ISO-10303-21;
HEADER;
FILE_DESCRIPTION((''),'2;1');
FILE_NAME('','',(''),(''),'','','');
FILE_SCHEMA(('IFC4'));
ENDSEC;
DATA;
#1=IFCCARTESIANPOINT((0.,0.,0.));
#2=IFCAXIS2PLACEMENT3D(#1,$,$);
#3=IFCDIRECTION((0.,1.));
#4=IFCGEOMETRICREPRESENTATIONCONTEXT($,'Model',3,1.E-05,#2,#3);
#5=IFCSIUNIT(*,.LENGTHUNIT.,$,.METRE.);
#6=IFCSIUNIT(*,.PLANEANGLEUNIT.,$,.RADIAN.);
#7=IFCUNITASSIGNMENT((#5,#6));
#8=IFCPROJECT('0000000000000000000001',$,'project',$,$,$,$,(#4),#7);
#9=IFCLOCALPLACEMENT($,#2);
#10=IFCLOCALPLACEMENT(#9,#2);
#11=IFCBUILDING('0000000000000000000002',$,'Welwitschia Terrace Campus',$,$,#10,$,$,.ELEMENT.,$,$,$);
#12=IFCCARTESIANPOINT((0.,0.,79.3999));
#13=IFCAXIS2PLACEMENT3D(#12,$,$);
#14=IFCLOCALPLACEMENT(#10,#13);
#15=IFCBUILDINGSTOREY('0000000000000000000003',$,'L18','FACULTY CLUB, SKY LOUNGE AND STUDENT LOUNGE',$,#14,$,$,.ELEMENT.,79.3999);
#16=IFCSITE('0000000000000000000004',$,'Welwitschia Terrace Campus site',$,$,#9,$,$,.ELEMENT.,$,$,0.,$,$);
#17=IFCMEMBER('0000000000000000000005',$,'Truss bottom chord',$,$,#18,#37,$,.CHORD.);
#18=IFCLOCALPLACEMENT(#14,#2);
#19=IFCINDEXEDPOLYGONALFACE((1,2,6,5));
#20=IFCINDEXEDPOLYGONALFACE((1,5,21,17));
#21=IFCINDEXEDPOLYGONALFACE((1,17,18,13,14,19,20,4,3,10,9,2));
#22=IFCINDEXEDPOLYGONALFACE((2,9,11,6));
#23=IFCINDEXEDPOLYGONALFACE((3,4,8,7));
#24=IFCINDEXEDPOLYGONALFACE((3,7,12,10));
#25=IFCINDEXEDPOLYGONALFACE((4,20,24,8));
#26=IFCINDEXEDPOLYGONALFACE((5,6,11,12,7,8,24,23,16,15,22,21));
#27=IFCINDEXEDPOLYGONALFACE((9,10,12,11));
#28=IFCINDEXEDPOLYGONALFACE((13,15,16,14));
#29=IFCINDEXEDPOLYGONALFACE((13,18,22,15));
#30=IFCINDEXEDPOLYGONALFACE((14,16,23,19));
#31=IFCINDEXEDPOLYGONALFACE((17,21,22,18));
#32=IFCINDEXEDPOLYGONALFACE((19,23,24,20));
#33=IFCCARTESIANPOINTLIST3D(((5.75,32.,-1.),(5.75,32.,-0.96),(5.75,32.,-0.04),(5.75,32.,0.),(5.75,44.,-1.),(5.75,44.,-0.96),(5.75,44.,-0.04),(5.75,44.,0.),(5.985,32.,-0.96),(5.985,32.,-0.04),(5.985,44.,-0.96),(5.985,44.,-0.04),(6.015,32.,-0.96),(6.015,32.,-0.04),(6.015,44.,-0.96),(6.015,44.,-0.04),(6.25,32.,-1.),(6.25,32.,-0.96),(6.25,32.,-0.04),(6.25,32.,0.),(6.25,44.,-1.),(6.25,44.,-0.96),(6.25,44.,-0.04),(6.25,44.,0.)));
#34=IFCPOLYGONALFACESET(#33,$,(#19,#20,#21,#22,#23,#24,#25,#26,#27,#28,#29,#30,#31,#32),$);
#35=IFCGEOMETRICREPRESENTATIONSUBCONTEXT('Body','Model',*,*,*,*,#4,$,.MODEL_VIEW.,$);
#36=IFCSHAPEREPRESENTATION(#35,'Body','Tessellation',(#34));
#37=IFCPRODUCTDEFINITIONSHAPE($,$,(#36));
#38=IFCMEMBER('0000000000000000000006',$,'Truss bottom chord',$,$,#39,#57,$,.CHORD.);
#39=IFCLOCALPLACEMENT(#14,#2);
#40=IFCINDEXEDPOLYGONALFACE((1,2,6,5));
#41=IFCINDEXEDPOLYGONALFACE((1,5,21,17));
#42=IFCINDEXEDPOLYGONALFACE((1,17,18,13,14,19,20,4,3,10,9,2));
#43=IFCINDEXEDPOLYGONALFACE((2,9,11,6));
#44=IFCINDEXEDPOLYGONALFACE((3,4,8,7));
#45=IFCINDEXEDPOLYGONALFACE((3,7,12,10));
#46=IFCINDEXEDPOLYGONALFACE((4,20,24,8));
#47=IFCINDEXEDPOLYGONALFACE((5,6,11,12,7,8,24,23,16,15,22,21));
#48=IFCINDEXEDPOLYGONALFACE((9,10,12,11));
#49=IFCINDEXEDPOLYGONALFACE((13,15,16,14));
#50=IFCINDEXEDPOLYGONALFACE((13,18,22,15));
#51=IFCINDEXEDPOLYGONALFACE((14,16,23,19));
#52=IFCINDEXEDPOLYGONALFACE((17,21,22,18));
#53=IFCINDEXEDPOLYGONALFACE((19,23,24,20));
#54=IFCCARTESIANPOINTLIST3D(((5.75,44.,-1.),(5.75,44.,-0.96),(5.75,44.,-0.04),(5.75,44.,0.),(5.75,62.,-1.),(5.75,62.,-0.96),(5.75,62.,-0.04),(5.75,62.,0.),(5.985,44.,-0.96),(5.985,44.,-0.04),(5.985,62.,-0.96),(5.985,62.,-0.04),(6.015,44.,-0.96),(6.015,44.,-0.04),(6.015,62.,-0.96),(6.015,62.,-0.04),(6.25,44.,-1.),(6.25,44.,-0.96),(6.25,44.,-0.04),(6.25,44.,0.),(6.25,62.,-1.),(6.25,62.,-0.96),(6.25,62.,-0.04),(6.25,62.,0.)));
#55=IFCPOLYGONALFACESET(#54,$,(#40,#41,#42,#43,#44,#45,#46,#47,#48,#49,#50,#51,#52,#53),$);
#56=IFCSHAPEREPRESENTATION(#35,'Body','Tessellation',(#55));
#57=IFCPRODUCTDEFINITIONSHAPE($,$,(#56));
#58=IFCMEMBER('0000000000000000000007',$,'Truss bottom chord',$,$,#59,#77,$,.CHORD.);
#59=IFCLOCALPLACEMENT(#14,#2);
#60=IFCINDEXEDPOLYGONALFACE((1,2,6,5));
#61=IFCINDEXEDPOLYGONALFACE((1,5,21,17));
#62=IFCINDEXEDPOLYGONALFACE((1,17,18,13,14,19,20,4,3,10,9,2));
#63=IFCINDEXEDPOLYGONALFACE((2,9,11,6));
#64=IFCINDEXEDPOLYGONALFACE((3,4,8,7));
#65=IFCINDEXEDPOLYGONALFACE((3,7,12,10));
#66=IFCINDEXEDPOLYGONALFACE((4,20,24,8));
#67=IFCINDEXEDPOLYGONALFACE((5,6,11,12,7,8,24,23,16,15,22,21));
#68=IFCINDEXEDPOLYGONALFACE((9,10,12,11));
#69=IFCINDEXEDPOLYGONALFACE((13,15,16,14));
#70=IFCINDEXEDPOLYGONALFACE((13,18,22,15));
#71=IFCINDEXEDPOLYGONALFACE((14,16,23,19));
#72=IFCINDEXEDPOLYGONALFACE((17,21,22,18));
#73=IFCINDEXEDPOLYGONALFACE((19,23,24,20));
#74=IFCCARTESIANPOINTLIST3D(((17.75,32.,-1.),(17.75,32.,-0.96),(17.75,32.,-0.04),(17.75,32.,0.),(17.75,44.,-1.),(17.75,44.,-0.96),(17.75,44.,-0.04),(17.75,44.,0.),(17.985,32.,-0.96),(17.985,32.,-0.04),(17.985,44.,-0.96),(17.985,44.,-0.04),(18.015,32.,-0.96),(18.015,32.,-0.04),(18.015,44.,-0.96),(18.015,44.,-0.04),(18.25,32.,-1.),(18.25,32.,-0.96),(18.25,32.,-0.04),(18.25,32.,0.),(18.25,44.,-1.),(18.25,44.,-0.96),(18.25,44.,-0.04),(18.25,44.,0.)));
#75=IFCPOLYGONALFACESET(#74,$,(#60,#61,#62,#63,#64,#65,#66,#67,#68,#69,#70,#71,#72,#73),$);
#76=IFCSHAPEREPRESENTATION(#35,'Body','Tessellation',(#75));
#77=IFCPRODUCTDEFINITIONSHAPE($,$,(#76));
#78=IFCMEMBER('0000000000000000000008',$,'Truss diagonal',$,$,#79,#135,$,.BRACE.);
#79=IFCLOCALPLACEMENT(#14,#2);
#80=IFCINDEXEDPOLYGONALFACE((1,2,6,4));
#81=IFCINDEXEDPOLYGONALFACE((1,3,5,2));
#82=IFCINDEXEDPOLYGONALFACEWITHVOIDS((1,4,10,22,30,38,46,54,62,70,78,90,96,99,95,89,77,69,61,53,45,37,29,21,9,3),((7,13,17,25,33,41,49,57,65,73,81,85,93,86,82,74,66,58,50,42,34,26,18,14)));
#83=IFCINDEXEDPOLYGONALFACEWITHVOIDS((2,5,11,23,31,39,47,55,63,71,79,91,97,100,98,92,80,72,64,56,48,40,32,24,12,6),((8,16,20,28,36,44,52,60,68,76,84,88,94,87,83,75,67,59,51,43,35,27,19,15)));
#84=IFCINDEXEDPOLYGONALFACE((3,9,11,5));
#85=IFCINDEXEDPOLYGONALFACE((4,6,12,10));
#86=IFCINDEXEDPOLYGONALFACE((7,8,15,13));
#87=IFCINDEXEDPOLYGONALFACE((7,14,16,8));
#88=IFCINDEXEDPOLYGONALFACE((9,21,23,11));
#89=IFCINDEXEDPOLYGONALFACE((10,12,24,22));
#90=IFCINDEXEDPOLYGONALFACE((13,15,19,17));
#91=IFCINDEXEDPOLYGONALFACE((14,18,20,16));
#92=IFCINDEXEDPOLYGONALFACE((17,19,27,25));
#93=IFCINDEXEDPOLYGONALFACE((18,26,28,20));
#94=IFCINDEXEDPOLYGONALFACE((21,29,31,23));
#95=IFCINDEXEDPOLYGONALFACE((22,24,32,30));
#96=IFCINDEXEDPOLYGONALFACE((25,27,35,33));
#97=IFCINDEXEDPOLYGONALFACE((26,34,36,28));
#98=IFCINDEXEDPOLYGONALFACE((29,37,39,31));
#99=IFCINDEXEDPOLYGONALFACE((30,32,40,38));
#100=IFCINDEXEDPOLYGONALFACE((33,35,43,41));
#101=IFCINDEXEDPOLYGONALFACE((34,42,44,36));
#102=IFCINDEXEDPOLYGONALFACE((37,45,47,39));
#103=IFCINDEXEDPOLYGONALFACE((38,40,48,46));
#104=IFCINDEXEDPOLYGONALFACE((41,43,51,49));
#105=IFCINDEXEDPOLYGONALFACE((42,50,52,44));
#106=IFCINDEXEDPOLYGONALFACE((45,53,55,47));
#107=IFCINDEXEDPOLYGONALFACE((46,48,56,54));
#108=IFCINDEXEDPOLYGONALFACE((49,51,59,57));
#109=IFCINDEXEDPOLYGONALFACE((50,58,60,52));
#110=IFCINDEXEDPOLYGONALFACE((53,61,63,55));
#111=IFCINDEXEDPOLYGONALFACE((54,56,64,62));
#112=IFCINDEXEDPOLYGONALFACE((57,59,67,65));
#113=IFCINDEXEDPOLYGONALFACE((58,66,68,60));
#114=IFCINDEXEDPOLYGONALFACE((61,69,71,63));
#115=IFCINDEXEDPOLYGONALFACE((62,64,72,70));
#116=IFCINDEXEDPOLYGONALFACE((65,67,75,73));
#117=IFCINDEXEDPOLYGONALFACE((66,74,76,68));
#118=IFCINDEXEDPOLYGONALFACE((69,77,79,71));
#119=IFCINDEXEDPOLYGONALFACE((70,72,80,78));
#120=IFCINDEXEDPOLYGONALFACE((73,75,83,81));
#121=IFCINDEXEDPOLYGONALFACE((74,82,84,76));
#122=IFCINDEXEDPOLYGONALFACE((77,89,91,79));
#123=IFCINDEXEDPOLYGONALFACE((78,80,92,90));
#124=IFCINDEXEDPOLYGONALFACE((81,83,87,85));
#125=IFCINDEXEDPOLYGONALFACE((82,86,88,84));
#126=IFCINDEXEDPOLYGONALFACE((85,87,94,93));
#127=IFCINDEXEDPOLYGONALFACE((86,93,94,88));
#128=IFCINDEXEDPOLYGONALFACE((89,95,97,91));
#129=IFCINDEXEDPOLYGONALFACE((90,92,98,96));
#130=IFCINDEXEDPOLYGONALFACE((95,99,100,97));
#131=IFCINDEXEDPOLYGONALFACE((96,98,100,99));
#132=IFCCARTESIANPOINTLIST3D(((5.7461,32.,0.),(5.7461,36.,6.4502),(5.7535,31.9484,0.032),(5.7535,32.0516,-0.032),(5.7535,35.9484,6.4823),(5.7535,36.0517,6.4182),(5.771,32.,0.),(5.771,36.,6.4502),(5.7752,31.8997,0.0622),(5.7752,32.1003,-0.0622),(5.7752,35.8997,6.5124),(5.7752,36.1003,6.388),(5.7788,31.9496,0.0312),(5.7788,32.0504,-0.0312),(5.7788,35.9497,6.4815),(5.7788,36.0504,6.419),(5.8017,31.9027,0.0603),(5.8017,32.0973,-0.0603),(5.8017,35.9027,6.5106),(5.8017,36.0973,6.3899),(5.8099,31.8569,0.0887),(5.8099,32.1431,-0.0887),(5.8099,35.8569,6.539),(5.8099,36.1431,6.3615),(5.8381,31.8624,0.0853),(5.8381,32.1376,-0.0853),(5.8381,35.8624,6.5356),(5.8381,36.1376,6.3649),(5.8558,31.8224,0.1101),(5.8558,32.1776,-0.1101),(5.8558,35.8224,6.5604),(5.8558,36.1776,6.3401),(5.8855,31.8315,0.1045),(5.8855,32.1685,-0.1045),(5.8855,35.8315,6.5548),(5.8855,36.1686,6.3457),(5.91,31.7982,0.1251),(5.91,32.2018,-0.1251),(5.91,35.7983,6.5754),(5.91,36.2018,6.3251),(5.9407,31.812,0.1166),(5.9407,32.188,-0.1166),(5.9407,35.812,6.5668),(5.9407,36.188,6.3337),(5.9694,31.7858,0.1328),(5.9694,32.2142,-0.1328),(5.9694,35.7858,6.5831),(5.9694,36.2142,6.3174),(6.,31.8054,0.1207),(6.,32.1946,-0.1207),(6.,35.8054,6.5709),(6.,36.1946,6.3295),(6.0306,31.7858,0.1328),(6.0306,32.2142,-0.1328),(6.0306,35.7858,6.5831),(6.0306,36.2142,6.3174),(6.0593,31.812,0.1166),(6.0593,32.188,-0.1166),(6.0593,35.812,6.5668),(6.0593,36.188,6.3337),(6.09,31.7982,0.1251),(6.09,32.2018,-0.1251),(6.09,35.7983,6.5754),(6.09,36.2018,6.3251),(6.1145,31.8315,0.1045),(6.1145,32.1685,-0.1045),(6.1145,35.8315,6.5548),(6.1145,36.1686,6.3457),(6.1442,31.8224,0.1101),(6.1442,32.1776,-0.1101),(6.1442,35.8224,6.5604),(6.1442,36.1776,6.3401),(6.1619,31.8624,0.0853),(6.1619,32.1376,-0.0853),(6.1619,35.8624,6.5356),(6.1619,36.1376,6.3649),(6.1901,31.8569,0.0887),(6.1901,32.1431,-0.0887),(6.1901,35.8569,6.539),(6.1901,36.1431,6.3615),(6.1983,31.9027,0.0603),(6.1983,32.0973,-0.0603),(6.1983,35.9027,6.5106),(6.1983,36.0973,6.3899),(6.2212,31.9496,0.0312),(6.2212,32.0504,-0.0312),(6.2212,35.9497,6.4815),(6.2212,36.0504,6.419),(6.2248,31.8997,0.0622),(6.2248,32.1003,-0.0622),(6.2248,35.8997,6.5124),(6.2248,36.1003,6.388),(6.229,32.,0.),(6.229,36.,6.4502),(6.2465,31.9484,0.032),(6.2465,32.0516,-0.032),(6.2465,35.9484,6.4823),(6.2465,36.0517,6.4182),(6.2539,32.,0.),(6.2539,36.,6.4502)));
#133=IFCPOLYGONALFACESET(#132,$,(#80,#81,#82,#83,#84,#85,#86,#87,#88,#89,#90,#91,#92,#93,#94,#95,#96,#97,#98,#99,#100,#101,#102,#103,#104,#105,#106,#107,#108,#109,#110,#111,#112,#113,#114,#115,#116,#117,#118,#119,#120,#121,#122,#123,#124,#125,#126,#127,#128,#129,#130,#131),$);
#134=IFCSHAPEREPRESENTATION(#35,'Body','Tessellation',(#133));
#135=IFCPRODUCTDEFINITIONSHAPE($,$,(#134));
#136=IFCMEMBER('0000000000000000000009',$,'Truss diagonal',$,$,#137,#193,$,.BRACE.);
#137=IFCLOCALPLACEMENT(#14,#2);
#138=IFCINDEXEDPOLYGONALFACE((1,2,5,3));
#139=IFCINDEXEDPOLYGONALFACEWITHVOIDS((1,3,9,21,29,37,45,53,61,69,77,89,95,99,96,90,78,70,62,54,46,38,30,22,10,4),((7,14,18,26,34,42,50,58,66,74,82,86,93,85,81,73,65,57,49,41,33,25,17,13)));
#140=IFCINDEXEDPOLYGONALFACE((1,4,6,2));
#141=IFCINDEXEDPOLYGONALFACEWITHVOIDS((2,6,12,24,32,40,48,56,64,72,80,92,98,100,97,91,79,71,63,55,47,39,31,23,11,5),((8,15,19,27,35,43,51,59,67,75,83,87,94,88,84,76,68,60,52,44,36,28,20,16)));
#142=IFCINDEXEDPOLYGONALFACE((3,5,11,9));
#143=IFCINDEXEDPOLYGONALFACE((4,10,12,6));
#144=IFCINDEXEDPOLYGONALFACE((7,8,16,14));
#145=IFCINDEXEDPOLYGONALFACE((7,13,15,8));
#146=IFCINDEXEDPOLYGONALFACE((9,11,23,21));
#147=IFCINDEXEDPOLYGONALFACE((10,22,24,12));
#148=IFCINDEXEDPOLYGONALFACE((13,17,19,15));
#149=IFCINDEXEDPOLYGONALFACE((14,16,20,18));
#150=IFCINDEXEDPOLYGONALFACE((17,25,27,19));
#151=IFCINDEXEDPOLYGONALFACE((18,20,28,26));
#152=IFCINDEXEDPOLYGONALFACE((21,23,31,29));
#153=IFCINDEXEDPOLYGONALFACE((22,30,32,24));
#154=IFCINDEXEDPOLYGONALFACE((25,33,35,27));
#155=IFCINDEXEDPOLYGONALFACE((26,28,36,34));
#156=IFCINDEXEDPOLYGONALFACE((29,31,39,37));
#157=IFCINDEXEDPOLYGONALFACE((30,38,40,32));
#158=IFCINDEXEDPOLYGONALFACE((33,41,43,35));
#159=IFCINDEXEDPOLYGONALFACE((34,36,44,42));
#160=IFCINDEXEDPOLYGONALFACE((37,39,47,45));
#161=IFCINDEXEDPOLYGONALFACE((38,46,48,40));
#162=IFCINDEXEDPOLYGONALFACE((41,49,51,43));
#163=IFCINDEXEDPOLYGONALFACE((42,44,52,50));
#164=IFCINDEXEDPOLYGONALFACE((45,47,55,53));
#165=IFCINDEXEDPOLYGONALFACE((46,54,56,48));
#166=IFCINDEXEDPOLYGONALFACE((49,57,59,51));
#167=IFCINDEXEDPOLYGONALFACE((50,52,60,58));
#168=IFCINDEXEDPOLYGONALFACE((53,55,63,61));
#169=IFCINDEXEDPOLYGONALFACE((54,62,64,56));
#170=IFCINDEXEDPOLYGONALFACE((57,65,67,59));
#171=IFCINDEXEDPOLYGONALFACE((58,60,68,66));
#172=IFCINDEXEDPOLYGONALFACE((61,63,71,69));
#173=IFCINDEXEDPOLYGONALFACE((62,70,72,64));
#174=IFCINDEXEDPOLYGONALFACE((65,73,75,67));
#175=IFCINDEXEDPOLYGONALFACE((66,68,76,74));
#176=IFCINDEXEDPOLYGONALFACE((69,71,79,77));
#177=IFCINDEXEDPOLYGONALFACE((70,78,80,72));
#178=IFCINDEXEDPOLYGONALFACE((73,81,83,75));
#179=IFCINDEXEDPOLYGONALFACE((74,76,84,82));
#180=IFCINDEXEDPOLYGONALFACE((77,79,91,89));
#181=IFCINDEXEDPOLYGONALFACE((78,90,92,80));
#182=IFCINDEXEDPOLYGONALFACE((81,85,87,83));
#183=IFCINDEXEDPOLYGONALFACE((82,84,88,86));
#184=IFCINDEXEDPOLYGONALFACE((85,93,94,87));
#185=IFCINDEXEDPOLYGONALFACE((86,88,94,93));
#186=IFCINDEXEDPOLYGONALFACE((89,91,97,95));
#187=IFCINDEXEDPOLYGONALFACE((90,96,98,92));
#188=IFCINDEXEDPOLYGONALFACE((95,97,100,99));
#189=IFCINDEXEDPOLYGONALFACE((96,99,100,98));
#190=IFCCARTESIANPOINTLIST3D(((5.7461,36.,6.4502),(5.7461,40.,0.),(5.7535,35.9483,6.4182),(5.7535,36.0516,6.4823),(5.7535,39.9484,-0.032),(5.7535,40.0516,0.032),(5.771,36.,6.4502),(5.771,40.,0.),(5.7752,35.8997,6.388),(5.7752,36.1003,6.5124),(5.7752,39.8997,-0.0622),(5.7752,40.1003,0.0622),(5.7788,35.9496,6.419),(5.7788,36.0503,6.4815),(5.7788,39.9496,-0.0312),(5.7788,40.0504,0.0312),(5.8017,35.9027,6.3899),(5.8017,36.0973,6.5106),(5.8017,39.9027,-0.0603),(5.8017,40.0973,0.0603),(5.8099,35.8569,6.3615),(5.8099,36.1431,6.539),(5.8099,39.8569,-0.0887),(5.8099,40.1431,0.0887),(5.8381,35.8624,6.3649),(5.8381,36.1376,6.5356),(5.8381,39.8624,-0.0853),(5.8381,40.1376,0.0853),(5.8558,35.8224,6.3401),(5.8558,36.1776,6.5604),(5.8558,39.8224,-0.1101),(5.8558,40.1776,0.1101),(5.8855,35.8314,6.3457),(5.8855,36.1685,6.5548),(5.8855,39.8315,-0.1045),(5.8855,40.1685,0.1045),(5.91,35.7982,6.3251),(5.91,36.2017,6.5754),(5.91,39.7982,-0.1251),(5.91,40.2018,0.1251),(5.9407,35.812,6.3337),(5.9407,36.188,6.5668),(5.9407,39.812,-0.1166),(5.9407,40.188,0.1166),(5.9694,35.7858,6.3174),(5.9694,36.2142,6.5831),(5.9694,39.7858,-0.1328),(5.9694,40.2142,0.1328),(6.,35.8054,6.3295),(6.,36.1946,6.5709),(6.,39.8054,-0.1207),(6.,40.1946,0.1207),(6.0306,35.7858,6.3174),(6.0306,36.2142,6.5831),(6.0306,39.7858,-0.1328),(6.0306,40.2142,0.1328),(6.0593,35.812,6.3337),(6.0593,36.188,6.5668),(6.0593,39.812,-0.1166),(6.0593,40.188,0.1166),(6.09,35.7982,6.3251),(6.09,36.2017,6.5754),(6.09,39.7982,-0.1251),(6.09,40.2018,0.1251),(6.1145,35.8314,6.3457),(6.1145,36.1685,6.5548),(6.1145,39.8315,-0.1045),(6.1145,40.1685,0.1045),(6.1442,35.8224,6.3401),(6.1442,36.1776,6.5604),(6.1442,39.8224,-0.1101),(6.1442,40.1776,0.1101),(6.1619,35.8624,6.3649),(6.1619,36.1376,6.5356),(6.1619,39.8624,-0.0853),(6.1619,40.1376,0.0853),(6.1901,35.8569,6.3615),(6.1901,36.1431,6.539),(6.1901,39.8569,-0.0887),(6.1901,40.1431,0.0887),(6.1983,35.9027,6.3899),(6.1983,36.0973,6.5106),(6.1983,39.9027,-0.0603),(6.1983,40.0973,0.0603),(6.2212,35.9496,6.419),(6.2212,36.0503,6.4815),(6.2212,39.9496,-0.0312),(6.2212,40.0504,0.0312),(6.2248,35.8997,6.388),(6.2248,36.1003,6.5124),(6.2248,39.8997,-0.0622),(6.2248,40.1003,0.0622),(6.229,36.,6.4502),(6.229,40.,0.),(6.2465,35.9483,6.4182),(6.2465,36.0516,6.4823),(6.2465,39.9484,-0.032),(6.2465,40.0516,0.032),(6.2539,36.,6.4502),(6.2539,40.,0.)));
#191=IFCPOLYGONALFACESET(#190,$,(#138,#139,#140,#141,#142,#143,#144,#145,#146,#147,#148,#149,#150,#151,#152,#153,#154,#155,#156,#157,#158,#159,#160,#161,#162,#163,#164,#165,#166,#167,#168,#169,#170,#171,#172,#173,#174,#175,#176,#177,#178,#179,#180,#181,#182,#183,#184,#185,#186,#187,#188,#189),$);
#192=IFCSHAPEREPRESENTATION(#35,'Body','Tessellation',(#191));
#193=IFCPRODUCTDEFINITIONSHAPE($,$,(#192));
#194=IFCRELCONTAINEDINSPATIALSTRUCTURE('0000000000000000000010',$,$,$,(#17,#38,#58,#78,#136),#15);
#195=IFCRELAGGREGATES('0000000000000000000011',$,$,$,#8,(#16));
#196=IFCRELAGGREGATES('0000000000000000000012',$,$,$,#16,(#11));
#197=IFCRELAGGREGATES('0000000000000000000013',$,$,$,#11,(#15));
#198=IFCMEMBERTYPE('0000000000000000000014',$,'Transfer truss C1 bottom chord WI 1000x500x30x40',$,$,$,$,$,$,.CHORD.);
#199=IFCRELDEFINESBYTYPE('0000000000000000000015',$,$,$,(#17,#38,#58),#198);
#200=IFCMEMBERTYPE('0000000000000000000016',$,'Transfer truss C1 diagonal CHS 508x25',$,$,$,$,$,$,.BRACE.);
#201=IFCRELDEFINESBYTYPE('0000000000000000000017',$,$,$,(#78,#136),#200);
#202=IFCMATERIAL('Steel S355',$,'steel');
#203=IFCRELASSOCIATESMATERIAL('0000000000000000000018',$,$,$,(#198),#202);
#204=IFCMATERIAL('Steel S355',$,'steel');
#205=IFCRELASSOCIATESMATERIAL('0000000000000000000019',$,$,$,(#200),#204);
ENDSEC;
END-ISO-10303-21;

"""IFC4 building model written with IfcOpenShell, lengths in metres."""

from ifc_helpers import new_model, si_unit, direction, frame, origin, origin_2d, place, context, subcontext, project, spatial, hollow_circle, i_section, extrude, material, material_profile, profile_set, type_object, element, save


model = new_model("IFC4")

# Units and contexts
model_context = context("Model", 3, precision=1e-05, world=origin(), true_north=direction((0.0, 1.0)))
body_context = subcontext(model_context, "Body", "Model", "MODEL_VIEW")
ifc_project = project(units=[si_unit("LENGTHUNIT", "METRE"), si_unit("PLANEANGLEUNIT", "RADIAN")], contexts=[model_context])

# Site, building, storey
site_placement = place(None, origin())
site = spatial("IfcSite", under=ifc_project, at=site_placement, Name="Welwitschia Terrace Campus site", CompositionType="ELEMENT", RefElevation=0.0)
building_placement = place(site_placement, origin())
building = spatial("IfcBuilding", under=site, at=building_placement, Name="Welwitschia Terrace Campus", CompositionType="ELEMENT")
storey_placement = place(building_placement, frame((0.0, 0.0, 79.3999)))
storey = spatial("IfcBuildingStorey", under=building, at=storey_placement, Name="L18", Description="FACULTY CLUB, SKY LOUNGE AND STUDENT LOUNGE", CompositionType="ELEMENT", Elevation=79.3999)

# Members
ifc_material_1 = material(Name="Steel S355", Category="steel")
ifc_material_profile_1 = material_profile(ifc_material_1, i_section(OverallWidth=0.5, OverallDepth=1.0, WebThickness=0.03, FlangeThickness=0.04, at=origin_2d()))
ifc_profile_set_1 = profile_set([ifc_material_profile_1], Name="Steel S355")
member_type_1 = type_object("IfcMemberType", Name="Transfer truss C1 bottom chord WI 1000x500x30x40", PredefinedType="CHORD", material=ifc_profile_set_1)
member_1_placement = place(storey_placement, frame((6.0, 32.0, -0.5), z_axis=(0.0, 1.0, 0.0), x_axis=(-1.0, 0.0, 0.0)))
element("IfcMember", 1, at=member_1_placement, inside=storey, type_object=member_type_1, Name="Truss bottom chord", PredefinedType="CHORD", context=body_context, shape_type="SweptSolid", body=[
    extrude(i_section(OverallWidth=0.5, OverallDepth=1.0, WebThickness=0.03, FlangeThickness=0.04, at=origin_2d()), origin(), (0.0, 0.0, 1.0), 12.0),
])
member_2_placement = place(storey_placement, frame((6.0, 44.0, -0.5), z_axis=(0.0, 1.0, 0.0), x_axis=(-1.0, 0.0, 0.0)))
element("IfcMember", 2, at=member_2_placement, inside=storey, type_object=member_type_1, Name="Truss bottom chord", PredefinedType="CHORD", context=body_context, shape_type="SweptSolid", body=[
    extrude(i_section(OverallWidth=0.5, OverallDepth=1.0, WebThickness=0.03, FlangeThickness=0.04, at=origin_2d()), origin(), (0.0, 0.0, 1.0), 18.0),
])
member_3_placement = place(storey_placement, frame((18.0, 32.0, -0.5), z_axis=(0.0, 1.0, 0.0), x_axis=(-1.0, 0.0, 0.0)))
element("IfcMember", 3, at=member_3_placement, inside=storey, type_object=member_type_1, Name="Truss bottom chord", PredefinedType="CHORD", context=body_context, shape_type="SweptSolid", body=[
    extrude(i_section(OverallWidth=0.5, OverallDepth=1.0, WebThickness=0.03, FlangeThickness=0.04, at=origin_2d()), origin(), (0.0, 0.0, 1.0), 12.0),
])
ifc_material_2 = material(Name="Steel S355", Category="steel")
ifc_material_profile_2 = material_profile(ifc_material_2, hollow_circle(Radius=0.2539, WallThickness=0.0249, at=origin_2d()))
ifc_profile_set_2 = profile_set([ifc_material_profile_2], Name="Steel S355")
member_type_2 = type_object("IfcMemberType", Name="Transfer truss C1 diagonal CHS 508x25", PredefinedType="BRACE", material=ifc_profile_set_2)
for number, where, z_axis, x_axis, name in (
    (4, (6.0, 32.0, 0.0), (0.0, 0.527023, 0.849851), (-1.0, 0.0, 0.0), "Truss diagonal"),
    (5, (6.0, 40.0, 0.0), (0.0, -0.527023, 0.849851), (1.0, 0.0, 0.0), "Truss diagonal"),
):
    element("IfcMember", number, at=place(storey_placement, frame(where, z_axis=z_axis, x_axis=x_axis)), inside=storey, type_object=member_type_2, Name=name, PredefinedType="BRACE", context=body_context, shape_type="SweptSolid", body=[
        extrude(hollow_circle(Radius=0.2539, WallThickness=0.0249, at=origin_2d()), origin(), (0.0, 0.0, 1.0), 7.5898),
    ])

save(model, "model.ifc")
